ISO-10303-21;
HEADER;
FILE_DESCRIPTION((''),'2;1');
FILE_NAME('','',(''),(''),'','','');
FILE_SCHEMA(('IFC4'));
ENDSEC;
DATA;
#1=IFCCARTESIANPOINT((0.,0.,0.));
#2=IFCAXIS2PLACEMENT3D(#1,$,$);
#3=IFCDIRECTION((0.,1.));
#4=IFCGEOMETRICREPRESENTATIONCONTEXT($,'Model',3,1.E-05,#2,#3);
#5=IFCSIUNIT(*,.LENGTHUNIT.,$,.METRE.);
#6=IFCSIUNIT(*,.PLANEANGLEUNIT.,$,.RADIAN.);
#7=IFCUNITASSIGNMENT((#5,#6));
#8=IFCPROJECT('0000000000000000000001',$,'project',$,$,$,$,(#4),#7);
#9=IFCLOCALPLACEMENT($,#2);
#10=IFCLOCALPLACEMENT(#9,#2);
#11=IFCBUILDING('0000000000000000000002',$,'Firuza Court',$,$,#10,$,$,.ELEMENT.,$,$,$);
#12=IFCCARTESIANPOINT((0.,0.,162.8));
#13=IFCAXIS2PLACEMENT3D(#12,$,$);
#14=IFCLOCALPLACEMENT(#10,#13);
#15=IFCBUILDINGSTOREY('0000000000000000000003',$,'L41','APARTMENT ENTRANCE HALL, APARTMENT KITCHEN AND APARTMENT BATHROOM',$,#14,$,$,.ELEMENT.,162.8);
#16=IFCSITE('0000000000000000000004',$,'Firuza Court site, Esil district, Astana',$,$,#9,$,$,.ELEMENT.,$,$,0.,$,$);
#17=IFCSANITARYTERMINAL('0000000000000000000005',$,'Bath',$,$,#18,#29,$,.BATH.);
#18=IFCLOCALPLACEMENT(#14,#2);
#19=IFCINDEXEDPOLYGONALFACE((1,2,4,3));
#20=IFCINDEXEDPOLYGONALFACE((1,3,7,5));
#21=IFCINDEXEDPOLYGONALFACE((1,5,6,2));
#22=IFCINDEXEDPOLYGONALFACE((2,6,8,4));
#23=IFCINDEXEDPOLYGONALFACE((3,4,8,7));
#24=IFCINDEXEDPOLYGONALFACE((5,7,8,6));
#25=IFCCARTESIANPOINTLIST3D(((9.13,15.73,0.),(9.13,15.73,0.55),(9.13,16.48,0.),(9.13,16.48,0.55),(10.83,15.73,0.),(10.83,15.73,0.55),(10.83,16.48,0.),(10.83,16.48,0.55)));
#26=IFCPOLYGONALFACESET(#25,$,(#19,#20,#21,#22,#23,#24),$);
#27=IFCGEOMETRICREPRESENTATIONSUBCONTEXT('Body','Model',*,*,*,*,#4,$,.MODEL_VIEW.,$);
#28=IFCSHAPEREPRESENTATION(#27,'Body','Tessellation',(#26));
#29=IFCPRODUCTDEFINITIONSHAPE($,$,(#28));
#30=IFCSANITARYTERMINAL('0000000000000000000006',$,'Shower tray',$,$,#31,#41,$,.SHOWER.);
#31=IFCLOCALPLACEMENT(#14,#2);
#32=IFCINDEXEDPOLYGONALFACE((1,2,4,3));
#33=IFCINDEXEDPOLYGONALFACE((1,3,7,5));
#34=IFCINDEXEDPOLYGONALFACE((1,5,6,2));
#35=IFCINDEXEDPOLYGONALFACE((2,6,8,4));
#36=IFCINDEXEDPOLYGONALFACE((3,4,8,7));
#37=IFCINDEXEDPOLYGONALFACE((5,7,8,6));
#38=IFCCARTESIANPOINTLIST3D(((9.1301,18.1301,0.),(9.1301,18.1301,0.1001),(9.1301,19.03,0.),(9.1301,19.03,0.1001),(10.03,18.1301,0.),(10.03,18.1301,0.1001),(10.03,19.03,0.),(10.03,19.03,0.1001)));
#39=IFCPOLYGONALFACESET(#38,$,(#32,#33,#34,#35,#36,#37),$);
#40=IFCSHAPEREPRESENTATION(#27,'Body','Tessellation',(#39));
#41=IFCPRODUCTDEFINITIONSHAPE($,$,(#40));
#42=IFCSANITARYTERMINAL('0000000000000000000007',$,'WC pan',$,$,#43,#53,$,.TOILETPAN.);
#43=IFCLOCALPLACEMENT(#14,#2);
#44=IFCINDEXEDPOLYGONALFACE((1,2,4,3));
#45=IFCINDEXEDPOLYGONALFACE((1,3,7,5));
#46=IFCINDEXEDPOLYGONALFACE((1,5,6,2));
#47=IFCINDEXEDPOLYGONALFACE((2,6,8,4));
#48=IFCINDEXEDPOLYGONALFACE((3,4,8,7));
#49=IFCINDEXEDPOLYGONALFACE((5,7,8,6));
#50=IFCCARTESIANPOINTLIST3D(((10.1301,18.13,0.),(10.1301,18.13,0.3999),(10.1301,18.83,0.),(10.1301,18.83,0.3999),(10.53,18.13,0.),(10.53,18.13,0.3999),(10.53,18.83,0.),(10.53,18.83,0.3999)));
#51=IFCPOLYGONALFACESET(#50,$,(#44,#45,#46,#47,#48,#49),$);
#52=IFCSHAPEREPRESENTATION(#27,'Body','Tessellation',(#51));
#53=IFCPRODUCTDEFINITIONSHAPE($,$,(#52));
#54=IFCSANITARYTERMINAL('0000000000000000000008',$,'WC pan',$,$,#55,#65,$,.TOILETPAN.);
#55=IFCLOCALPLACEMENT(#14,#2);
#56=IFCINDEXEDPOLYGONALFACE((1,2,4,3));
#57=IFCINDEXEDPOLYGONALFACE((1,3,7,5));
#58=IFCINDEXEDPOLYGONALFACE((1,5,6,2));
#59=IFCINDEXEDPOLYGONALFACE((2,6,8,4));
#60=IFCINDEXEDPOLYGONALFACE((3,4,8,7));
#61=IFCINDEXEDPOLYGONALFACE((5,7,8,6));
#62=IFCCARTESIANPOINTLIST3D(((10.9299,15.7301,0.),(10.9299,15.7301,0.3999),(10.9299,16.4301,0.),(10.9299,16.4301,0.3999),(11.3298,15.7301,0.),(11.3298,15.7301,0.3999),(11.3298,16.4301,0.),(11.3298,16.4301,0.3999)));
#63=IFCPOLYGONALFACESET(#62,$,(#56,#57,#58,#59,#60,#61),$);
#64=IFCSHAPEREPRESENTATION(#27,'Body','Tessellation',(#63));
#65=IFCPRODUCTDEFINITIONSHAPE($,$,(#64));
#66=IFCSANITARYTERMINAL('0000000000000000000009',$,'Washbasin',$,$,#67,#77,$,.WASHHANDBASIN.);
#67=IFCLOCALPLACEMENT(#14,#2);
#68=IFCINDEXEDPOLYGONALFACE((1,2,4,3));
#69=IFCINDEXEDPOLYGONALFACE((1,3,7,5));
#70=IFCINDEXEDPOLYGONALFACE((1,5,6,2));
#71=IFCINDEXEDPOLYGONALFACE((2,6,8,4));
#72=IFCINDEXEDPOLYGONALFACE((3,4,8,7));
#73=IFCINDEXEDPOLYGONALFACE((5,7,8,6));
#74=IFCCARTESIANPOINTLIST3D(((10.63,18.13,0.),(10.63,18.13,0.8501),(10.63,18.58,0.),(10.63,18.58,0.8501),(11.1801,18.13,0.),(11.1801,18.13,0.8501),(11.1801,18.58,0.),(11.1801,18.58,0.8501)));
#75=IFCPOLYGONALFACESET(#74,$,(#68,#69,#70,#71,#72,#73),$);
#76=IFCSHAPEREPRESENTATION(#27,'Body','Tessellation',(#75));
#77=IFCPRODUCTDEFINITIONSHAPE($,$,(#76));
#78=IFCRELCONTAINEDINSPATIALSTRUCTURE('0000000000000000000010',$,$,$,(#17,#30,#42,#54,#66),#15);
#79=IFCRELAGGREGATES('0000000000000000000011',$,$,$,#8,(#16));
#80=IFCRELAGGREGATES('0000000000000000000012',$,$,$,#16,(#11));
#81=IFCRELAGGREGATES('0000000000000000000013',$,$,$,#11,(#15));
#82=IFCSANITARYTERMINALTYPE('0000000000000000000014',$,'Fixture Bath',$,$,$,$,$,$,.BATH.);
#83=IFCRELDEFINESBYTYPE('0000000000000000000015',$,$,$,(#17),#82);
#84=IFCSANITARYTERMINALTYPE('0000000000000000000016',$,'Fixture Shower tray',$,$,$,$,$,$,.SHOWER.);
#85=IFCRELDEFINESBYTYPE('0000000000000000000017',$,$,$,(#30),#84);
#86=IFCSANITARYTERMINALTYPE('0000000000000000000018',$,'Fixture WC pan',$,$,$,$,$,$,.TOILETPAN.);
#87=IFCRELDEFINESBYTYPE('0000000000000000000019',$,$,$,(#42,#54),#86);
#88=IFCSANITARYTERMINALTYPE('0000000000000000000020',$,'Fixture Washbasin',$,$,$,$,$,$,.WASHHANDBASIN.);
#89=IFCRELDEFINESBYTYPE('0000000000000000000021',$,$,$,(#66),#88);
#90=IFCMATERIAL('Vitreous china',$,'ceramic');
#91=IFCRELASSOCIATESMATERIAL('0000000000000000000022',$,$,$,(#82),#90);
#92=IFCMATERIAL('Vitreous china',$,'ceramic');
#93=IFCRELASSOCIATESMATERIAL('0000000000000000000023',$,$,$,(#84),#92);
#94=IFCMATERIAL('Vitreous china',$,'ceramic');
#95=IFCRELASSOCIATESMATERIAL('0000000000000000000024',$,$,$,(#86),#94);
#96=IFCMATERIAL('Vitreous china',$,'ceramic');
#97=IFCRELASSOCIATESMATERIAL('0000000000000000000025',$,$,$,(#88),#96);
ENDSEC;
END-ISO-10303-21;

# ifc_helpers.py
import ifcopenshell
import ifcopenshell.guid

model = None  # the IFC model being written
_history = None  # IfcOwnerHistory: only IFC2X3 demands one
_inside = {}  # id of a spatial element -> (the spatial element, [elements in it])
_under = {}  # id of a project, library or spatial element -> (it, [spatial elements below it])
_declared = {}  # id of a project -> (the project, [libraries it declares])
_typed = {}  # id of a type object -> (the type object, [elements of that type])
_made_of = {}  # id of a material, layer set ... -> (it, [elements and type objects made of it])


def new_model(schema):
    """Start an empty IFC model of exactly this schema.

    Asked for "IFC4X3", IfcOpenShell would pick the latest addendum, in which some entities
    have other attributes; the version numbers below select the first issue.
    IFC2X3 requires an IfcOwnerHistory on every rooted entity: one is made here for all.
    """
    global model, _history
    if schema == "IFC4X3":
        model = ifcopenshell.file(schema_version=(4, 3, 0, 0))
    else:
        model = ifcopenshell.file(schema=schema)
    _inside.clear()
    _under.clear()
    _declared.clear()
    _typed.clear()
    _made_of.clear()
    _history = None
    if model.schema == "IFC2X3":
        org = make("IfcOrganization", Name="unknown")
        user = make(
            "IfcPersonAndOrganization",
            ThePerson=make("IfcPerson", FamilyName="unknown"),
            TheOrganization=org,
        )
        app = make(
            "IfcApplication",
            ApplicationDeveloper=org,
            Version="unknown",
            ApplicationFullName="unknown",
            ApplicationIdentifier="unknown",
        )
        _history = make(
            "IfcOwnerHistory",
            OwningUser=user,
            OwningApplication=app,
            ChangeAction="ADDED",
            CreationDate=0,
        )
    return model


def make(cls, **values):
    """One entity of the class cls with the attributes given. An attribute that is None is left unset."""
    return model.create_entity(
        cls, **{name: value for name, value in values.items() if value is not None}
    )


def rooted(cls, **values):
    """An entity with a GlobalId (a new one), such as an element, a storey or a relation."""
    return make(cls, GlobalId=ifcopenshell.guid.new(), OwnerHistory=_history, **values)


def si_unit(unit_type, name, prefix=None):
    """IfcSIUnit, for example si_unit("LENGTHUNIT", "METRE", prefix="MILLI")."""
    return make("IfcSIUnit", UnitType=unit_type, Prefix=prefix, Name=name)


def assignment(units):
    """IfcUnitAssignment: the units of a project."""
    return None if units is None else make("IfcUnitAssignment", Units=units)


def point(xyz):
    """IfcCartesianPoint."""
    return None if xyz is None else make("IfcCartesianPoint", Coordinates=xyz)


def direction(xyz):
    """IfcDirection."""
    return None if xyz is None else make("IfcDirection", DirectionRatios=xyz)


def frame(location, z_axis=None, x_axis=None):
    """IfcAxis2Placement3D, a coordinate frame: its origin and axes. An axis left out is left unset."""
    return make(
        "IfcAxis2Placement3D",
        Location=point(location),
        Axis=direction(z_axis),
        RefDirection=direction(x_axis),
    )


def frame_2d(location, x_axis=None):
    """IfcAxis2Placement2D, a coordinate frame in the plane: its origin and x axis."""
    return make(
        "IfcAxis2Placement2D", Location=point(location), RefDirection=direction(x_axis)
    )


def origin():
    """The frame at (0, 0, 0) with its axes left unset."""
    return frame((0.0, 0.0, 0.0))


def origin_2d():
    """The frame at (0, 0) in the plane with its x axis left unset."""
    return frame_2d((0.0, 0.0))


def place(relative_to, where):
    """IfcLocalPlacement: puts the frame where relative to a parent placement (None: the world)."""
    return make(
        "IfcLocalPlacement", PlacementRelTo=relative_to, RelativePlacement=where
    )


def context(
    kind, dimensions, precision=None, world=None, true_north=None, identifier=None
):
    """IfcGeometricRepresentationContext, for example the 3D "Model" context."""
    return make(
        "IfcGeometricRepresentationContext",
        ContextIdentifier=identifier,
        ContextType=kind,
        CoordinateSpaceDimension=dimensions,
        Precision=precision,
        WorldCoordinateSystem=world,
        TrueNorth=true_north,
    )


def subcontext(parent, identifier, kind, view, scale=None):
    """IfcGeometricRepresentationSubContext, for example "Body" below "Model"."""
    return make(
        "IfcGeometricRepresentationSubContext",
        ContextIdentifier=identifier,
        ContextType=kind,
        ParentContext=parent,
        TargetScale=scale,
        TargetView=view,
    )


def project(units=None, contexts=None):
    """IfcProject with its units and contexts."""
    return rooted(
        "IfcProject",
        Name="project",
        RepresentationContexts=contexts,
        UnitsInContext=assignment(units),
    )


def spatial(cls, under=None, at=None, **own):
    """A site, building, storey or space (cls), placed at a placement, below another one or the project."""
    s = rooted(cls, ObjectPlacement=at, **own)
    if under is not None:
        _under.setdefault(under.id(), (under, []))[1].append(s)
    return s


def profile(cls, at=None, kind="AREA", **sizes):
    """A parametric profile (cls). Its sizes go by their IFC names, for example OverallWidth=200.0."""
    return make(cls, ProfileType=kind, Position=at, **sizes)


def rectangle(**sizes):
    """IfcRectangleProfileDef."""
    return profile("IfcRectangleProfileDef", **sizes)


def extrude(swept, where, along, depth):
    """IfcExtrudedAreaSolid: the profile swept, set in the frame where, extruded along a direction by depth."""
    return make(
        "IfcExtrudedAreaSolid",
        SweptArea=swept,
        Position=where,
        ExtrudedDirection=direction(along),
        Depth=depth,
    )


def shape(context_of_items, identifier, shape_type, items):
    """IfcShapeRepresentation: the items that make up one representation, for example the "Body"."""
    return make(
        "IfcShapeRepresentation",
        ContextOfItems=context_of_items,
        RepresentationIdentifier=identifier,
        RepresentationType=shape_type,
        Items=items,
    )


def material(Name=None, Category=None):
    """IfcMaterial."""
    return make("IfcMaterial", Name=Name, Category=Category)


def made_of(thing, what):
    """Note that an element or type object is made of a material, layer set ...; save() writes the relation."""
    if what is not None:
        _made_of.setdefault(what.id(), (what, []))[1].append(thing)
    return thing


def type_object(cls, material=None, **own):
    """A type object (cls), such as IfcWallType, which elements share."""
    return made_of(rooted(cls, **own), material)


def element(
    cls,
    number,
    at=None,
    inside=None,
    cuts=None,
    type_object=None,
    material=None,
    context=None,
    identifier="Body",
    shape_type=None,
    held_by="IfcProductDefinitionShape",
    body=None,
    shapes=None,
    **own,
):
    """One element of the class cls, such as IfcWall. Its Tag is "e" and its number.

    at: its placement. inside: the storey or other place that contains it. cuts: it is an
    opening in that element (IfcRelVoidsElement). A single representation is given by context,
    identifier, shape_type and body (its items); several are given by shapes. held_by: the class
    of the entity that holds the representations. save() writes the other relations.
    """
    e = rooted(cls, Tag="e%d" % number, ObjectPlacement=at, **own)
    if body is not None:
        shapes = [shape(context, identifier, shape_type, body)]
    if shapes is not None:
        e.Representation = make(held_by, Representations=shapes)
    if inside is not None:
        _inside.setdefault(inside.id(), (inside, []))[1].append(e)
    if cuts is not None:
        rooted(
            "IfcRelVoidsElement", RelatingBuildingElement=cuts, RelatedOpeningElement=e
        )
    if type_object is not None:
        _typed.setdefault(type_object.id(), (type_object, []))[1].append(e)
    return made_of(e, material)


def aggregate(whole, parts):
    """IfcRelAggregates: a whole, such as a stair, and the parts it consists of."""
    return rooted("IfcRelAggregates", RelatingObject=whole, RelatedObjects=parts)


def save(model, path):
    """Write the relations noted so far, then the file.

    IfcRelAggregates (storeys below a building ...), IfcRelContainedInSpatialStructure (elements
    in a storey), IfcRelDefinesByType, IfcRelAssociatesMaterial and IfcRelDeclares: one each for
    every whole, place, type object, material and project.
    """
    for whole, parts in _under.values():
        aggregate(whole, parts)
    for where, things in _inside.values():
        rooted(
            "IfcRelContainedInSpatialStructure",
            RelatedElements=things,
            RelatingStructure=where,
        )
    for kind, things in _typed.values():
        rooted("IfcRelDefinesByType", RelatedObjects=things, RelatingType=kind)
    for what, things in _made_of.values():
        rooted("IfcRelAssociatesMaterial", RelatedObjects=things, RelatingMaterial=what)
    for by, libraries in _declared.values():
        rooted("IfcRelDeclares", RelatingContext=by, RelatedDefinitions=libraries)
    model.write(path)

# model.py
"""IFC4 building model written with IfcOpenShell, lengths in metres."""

from ifc_helpers import new_model, si_unit, direction, frame, origin, origin_2d, place, context, subcontext, project, spatial, rectangle, extrude, material, type_object, element, save


model = new_model("IFC4")

# Units and contexts
model_context = context("Model", 3, precision=1e-05, world=origin(), true_north=direction((0.0, 1.0)))
body_context = subcontext(model_context, "Body", "Model", "MODEL_VIEW")
ifc_project = project(units=[si_unit("LENGTHUNIT", "METRE"), si_unit("PLANEANGLEUNIT", "RADIAN")], contexts=[model_context])

# Site, building, storey
site_placement = place(None, origin())
site = spatial("IfcSite", under=ifc_project, at=site_placement, Name="Firuza Court site, Esil district, Astana", CompositionType="ELEMENT", RefElevation=0.0)
building_placement = place(site_placement, origin())
building = spatial("IfcBuilding", under=site, at=building_placement, Name="Firuza Court", CompositionType="ELEMENT")
storey_placement = place(building_placement, frame((0.0, 0.0, 162.8)))
storey = spatial("IfcBuildingStorey", under=building, at=storey_placement, Name="L41", Description="APARTMENT ENTRANCE HALL, APARTMENT KITCHEN AND APARTMENT BATHROOM", CompositionType="ELEMENT", Elevation=162.8)

# Sanitary terminals
ifc_material_1 = material(Name="Vitreous china", Category="ceramic")
sanitary_terminal_type_1 = type_object("IfcSanitaryTerminalType", Name="Fixture Bath", PredefinedType="BATH", material=ifc_material_1)
sanitary_terminal_1_placement = place(storey_placement, frame((9.98, 16.105, 0.0), z_axis=(0.0, 0.0, 1.0), x_axis=(1.0, 0.0, 0.0)))
element("IfcSanitaryTerminal", 1, at=sanitary_terminal_1_placement, inside=storey, type_object=sanitary_terminal_type_1, Name="Bath", PredefinedType="BATH", context=body_context, shape_type="SweptSolid", body=[
    extrude(rectangle(XDim=1.7, YDim=0.75, at=origin_2d()), origin(), (0.0, 0.0, 1.0), 0.55),
])
ifc_material_2 = material(Name="Vitreous china", Category="ceramic")
sanitary_terminal_type_2 = type_object("IfcSanitaryTerminalType", Name="Fixture Shower tray", PredefinedType="SHOWER", material=ifc_material_2)
sanitary_terminal_2_placement = place(storey_placement, frame((9.5801, 18.5801, 0.0), z_axis=(0.0, 0.0, 1.0), x_axis=(1.0, 0.0, 0.0)))
element("IfcSanitaryTerminal", 2, at=sanitary_terminal_2_placement, inside=storey, type_object=sanitary_terminal_type_2, Name="Shower tray", PredefinedType="SHOWER", context=body_context, shape_type="SweptSolid", body=[
    extrude(rectangle(XDim=0.8999, YDim=0.8999, at=origin_2d()), origin(), (0.0, 0.0, 1.0), 0.1001),
])
ifc_material_3 = material(Name="Vitreous china", Category="ceramic")
sanitary_terminal_type_3 = type_object("IfcSanitaryTerminalType", Name="Fixture WC pan", PredefinedType="TOILETPAN", material=ifc_material_3)
for number, where, z_axis, x_axis, name in (
    (3, (10.3301, 18.48, 0.0), (0.0, 0.0, 1.0), (1.0, 0.0, 0.0), "WC pan"),
    (4, (11.1299, 16.0801, 0.0), (0.0, 0.0, 1.0), (1.0, 0.0, 0.0), "WC pan"),
):
    element("IfcSanitaryTerminal", number, at=place(storey_placement, frame(where, z_axis=z_axis, x_axis=x_axis)), inside=storey, type_object=sanitary_terminal_type_3, Name=name, PredefinedType="TOILETPAN", context=body_context, shape_type="SweptSolid", body=[
        extrude(rectangle(XDim=0.3999, YDim=0.7, at=origin_2d()), origin(), (0.0, 0.0, 1.0), 0.3999),
    ])
ifc_material_4 = material(Name="Vitreous china", Category="ceramic")
sanitary_terminal_type_4 = type_object("IfcSanitaryTerminalType", Name="Fixture Washbasin", PredefinedType="WASHHANDBASIN", material=ifc_material_4)
sanitary_terminal_3_placement = place(storey_placement, frame((10.905, 18.355, 0.0), z_axis=(0.0, 0.0, 1.0), x_axis=(1.0, 0.0, 0.0)))
element("IfcSanitaryTerminal", 5, at=sanitary_terminal_3_placement, inside=storey, type_object=sanitary_terminal_type_4, Name="Washbasin", PredefinedType="WASHHANDBASIN", context=body_context, shape_type="SweptSolid", body=[
    extrude(rectangle(XDim=0.55, YDim=0.45, at=origin_2d()), origin(), (0.0, 0.0, 1.0), 0.8501),
])

save(model, "model.ifc")
